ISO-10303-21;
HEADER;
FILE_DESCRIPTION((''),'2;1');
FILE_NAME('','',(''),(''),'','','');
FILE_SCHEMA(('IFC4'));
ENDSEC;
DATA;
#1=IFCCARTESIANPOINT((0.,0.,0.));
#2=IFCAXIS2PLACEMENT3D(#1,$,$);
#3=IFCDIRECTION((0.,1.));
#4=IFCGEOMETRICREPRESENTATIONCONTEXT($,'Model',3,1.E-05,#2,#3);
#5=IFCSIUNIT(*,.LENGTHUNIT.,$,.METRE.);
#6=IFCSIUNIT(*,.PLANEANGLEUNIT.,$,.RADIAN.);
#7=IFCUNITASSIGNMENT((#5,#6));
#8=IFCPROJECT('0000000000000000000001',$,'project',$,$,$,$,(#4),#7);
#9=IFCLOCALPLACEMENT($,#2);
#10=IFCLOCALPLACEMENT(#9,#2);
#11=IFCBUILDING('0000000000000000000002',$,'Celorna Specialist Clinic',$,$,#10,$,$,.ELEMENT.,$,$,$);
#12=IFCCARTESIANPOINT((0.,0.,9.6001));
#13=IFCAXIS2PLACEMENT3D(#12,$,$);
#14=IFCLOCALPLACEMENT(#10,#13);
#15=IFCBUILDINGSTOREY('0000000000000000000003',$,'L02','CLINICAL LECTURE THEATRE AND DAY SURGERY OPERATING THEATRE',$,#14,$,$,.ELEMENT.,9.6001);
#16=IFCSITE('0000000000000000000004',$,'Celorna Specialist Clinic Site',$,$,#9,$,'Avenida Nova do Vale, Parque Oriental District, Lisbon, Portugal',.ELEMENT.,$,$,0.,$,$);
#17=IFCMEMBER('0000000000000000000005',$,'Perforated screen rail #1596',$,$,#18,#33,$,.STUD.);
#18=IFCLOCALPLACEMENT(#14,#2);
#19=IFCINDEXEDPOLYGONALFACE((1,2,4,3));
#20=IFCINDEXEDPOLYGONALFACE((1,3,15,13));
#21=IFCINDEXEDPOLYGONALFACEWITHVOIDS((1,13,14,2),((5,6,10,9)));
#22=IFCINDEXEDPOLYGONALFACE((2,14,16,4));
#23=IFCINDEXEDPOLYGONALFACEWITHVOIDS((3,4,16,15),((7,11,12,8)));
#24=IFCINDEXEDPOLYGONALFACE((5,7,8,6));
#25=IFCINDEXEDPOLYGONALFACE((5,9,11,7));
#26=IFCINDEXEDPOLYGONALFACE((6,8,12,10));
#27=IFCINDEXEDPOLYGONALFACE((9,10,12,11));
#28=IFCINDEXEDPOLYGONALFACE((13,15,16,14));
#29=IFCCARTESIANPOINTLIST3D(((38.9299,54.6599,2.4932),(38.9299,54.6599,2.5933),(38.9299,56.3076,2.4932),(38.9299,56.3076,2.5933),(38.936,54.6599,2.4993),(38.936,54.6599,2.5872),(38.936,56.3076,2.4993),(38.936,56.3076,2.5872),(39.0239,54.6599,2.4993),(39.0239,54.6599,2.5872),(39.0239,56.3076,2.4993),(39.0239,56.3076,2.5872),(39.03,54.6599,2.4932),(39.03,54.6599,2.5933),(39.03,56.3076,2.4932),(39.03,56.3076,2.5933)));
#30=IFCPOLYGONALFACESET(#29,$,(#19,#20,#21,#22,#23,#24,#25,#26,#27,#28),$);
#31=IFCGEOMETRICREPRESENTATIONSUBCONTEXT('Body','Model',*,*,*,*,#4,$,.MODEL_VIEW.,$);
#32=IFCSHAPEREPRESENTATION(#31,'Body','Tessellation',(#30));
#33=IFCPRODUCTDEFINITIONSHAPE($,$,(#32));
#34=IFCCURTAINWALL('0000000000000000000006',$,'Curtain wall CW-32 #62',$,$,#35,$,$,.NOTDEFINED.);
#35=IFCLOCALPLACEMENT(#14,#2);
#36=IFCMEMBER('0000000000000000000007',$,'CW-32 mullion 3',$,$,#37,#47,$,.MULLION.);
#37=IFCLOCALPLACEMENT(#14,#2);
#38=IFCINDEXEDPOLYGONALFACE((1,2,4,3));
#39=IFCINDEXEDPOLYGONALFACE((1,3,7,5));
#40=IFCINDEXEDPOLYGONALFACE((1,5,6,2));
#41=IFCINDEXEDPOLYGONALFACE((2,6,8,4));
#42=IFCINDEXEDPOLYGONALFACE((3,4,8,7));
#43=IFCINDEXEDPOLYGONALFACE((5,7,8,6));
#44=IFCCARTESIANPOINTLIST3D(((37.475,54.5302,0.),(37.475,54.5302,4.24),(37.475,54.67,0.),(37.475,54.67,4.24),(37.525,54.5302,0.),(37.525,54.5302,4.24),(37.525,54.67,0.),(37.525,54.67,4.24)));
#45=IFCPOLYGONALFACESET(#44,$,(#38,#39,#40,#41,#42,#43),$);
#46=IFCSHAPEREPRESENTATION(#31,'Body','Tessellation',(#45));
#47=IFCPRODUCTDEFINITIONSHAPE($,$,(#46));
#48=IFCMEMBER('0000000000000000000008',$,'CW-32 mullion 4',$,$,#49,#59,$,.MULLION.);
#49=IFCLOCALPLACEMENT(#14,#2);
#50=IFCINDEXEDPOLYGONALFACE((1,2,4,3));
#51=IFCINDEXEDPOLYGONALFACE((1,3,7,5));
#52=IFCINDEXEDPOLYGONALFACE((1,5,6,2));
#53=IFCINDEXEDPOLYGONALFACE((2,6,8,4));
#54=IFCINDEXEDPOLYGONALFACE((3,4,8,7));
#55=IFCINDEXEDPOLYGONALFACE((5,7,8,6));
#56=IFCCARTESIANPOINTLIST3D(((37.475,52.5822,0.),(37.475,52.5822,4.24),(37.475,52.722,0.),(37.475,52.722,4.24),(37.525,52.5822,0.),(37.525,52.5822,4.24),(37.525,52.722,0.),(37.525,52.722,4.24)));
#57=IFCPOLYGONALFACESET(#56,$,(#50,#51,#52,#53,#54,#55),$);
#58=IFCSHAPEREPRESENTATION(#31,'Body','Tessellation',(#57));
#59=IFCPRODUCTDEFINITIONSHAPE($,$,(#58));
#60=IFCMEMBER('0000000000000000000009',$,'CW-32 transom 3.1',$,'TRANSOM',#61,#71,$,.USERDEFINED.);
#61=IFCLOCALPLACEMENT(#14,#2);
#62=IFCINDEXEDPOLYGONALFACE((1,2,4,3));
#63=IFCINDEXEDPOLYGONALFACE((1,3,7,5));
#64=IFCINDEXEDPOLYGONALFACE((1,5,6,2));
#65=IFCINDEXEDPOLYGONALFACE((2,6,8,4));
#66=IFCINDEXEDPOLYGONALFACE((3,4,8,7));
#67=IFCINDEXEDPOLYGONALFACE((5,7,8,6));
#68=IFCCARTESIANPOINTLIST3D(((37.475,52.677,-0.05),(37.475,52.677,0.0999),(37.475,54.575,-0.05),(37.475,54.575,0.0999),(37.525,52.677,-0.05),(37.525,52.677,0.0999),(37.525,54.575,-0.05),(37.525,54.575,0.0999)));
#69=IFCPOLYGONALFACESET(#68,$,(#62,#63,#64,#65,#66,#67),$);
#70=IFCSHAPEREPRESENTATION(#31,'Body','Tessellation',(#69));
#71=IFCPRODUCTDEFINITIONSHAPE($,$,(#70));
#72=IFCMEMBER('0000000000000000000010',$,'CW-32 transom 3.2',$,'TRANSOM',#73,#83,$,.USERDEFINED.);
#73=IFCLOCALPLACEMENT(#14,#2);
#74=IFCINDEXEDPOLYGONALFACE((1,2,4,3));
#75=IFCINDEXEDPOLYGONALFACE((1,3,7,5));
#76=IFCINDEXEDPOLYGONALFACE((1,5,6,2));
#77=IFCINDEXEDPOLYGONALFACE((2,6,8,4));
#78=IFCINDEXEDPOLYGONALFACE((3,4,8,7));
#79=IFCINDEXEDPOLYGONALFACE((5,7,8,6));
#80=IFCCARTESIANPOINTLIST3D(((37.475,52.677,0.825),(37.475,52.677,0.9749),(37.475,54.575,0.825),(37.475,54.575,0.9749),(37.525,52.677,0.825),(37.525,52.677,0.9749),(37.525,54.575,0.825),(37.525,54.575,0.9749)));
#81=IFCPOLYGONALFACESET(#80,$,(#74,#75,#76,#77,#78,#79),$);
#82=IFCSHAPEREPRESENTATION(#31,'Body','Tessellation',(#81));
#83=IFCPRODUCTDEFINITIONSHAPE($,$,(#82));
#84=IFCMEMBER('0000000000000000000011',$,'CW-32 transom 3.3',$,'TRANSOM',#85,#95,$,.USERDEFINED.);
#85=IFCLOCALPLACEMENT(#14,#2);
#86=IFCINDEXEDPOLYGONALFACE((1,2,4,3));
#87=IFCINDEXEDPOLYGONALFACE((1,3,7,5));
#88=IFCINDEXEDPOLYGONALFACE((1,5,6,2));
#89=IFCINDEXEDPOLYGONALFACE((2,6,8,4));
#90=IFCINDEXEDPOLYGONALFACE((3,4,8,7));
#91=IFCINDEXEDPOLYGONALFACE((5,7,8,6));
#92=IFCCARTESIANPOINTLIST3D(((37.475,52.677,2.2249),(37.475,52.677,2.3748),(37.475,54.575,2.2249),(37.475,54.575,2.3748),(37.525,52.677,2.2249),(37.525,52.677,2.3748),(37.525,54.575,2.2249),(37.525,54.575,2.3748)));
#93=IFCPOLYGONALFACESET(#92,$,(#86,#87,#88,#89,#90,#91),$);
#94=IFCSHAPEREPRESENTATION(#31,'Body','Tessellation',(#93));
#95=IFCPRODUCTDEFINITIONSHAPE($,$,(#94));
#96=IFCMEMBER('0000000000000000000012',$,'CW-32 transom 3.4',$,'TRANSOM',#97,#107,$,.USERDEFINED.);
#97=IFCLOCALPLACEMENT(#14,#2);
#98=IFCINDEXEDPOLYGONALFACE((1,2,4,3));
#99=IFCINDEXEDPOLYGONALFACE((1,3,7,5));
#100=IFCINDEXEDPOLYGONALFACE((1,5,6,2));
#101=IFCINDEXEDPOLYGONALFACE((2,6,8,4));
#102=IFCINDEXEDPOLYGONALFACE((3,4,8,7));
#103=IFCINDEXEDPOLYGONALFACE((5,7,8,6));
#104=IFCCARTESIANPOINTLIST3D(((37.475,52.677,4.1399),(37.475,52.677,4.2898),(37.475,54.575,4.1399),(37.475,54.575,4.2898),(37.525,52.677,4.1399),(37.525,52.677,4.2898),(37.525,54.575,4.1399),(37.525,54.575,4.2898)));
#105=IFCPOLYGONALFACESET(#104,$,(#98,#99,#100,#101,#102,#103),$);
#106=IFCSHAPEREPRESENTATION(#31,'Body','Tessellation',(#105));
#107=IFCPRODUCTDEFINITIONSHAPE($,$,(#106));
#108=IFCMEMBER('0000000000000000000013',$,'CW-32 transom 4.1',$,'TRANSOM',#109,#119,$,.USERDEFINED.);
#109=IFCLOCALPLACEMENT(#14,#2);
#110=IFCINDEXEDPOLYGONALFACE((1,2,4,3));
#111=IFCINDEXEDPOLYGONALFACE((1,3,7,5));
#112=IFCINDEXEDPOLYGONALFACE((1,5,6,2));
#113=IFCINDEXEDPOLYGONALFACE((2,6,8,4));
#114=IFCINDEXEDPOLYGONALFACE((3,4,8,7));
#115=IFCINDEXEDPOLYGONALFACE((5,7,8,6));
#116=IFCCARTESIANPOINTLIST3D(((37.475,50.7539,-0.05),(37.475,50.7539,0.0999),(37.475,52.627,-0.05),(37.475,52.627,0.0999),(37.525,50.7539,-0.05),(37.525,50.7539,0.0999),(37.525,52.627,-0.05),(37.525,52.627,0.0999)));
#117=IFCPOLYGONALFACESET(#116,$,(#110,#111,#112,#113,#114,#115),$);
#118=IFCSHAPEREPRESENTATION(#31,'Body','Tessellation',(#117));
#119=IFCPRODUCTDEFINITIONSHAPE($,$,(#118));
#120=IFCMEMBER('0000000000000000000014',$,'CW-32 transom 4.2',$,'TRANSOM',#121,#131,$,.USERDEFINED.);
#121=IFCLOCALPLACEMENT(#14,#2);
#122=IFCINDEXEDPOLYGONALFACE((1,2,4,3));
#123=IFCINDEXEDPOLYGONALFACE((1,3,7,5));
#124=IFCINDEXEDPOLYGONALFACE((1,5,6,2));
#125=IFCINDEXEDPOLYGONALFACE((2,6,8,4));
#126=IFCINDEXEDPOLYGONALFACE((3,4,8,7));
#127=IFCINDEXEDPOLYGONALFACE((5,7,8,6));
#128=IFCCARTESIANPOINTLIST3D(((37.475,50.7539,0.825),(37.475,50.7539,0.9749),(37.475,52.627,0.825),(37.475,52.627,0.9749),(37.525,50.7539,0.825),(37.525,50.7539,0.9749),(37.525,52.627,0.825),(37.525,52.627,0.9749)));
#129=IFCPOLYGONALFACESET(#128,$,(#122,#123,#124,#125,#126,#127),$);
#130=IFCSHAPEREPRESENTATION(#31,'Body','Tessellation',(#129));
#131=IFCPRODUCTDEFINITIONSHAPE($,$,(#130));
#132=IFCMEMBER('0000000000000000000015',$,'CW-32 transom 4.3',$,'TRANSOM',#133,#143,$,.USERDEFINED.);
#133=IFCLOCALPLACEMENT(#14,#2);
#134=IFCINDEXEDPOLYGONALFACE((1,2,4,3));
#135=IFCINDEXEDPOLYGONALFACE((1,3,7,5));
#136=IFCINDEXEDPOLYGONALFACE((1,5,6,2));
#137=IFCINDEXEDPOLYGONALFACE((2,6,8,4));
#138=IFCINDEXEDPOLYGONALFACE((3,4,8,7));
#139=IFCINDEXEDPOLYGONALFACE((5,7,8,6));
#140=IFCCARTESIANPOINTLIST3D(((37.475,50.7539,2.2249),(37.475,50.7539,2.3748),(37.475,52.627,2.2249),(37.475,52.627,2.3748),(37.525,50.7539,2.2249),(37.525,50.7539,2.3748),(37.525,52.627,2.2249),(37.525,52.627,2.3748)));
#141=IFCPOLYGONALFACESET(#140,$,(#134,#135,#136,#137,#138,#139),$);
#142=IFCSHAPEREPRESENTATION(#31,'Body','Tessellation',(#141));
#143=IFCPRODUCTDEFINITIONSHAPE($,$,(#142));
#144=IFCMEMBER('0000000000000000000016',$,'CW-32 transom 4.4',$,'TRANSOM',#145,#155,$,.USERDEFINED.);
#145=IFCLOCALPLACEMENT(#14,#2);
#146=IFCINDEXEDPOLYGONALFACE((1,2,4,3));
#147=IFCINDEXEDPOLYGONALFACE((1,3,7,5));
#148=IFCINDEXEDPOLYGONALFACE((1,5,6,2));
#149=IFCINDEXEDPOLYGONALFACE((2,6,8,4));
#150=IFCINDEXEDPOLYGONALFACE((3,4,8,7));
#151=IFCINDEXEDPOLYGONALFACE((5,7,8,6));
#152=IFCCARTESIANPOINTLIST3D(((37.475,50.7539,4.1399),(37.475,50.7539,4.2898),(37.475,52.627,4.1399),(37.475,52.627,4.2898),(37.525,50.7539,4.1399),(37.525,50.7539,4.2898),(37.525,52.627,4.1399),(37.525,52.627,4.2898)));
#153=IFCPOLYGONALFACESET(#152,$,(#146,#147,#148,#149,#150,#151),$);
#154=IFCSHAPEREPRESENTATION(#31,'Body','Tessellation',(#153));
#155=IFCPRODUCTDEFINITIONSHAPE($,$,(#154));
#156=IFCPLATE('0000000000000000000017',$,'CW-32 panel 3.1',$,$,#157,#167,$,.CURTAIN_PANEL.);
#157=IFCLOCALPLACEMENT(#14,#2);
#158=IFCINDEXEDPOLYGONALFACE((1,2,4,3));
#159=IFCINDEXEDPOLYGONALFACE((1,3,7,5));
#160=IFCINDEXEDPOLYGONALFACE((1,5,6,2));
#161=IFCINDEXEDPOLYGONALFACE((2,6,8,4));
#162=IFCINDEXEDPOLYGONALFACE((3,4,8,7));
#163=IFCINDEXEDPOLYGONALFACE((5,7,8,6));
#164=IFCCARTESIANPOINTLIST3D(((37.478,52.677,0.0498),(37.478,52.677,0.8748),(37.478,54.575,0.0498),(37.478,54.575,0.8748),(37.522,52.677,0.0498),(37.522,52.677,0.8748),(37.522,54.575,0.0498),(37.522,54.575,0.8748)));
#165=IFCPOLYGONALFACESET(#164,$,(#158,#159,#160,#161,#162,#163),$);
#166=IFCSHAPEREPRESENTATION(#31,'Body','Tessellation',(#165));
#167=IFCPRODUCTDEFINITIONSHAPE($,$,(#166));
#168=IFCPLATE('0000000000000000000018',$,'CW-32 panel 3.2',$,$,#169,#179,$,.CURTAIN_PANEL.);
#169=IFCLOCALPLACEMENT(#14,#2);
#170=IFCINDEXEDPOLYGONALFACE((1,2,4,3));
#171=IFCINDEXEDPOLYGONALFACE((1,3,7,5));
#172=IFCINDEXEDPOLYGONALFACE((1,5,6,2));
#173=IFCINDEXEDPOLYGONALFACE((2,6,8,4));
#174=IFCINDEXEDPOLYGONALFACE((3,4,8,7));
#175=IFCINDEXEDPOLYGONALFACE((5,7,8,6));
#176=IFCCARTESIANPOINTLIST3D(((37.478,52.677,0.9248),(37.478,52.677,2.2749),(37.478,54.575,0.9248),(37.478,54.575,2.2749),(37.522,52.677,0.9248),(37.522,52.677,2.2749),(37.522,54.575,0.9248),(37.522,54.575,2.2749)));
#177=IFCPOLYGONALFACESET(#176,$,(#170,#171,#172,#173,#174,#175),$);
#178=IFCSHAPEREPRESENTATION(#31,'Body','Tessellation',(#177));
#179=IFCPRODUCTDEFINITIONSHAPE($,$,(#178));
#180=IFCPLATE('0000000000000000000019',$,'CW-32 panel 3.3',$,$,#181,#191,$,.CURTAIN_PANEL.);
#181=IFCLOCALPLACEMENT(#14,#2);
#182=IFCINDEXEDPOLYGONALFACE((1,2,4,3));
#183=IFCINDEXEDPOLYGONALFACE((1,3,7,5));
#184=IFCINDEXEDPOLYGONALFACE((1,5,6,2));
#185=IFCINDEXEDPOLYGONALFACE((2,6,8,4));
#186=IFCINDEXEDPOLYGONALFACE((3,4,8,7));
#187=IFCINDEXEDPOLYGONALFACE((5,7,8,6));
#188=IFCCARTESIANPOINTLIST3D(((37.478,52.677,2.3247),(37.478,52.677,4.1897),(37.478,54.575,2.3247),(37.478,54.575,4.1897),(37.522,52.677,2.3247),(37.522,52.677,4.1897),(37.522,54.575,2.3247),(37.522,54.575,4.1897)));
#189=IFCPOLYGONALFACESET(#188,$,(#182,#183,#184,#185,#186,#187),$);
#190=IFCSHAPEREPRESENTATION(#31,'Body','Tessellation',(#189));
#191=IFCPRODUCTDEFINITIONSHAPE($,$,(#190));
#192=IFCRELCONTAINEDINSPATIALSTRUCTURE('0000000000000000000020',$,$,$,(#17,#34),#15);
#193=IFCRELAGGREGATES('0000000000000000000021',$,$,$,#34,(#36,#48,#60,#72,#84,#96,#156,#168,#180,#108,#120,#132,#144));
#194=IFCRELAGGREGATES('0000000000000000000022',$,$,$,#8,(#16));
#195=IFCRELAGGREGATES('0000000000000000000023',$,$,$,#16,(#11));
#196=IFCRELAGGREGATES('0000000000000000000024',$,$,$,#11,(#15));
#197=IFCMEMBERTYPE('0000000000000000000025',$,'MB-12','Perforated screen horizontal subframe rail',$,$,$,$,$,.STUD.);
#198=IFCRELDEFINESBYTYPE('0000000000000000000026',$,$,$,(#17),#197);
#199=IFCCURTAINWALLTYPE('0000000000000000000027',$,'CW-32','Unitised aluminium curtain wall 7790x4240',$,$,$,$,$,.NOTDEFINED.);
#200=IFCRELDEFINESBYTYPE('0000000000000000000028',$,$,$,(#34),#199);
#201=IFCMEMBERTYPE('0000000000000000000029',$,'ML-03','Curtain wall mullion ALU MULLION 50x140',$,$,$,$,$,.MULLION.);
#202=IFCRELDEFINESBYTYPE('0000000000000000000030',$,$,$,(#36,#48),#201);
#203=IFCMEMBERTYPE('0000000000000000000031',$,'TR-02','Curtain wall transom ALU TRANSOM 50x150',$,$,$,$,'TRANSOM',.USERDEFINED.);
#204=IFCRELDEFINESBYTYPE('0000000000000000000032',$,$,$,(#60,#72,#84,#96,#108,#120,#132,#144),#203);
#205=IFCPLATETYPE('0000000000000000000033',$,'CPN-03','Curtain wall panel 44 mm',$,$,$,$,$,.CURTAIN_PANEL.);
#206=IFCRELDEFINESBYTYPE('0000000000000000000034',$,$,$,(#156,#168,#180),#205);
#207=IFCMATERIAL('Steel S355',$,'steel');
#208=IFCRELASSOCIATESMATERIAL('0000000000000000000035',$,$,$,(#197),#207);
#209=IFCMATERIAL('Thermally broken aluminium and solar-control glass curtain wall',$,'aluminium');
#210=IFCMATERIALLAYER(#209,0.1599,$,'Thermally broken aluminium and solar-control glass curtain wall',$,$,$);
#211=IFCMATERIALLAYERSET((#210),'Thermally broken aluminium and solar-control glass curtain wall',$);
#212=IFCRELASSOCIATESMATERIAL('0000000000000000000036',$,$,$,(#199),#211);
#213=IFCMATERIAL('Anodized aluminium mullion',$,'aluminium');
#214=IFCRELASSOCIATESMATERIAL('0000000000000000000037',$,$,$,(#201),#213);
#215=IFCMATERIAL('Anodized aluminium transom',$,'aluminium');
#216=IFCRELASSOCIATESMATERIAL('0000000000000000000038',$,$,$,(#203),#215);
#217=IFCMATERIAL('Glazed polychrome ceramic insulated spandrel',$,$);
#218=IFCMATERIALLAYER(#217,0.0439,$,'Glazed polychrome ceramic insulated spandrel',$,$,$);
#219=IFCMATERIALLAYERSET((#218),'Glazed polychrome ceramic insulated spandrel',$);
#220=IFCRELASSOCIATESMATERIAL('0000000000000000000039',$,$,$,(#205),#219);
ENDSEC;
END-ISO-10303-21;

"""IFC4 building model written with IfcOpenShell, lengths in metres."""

from ifc_helpers import new_model, si_unit, direction, frame, origin, origin_2d, place, context, subcontext, project, spatial, rectangle, hollow_rectangle, extrude, material, layer, layer_set, material_profile, profile_set, type_object, element, aggregate, save


model = new_model("IFC4")

# Units and contexts
model_context = context("Model", 3, precision=1e-05, world=origin(), true_north=direction((0.0, 1.0)))
body_context = subcontext(model_context, "Body", "Model", "MODEL_VIEW")
ifc_project = project(units=[si_unit("LENGTHUNIT", "METRE"), si_unit("PLANEANGLEUNIT", "RADIAN")], contexts=[model_context])

# Site, building, storey
site_placement = place(None, origin())
site = spatial("IfcSite", under=ifc_project, at=site_placement, Name="Celorna Specialist Clinic Site", LongName="Avenida Nova do Vale, Parque Oriental District, Lisbon, Portugal", CompositionType="ELEMENT", RefElevation=0.0)
building_placement = place(site_placement, origin())
building = spatial("IfcBuilding", under=site, at=building_placement, Name="Celorna Specialist Clinic", CompositionType="ELEMENT")
storey_placement = place(building_placement, frame((0.0, 0.0, 9.6001)))
storey = spatial("IfcBuildingStorey", under=building, at=storey_placement, Name="L02", Description="CLINICAL LECTURE THEATRE AND DAY SURGERY OPERATING THEATRE", CompositionType="ELEMENT", Elevation=9.6001)

# Member
ifc_material_1 = material(Name="Steel S355", Category="steel")
ifc_material_profile_1 = material_profile(ifc_material_1, hollow_rectangle(XDim=0.1001, YDim=0.1001, WallThickness=0.0061, at=origin_2d()), Name="SHS 100x100x6")
ifc_profile_set_1 = profile_set([ifc_material_profile_1], Name="Steel S355")
member_type_1 = type_object("IfcMemberType", Name="MB-12", Description="Perforated screen horizontal subframe rail", PredefinedType="STUD", material=ifc_profile_set_1)
for number, where, z_axis, x_axis, name in (
    (1, (38.98, 54.6599, 2.5432), (0.0, 1.0, 0.0), (-1.0, 0.0, 0.0), "Perforated screen rail #1596"),
):
    element("IfcMember", number, at=place(storey_placement, frame(where, z_axis=z_axis, x_axis=x_axis)), inside=storey, type_object=member_type_1, Name=name, PredefinedType="STUD", context=body_context, shape_type="SweptSolid", body=[
        extrude(hollow_rectangle(XDim=0.1001, YDim=0.1001, WallThickness=0.0061, at=origin_2d()), origin(), (0.0, 0.0, 1.0), 1.6477),
    ])

# Curtain wall, members, plates
ifc_material_2 = material(Name="Thermally broken aluminium and solar-control glass curtain wall", Category="aluminium")
ifc_layer_1 = layer(ifc_material_2, 0.1599, Name="Thermally broken aluminium and solar-control glass curtain wall")
ifc_layer_set_1 = layer_set([ifc_layer_1], Name="Thermally broken aluminium and solar-control glass curtain wall")
curtain_wall_type = type_object("IfcCurtainWallType", Name="CW-32", Description="Unitised aluminium curtain wall 7790x4240", PredefinedType="NOTDEFINED", material=ifc_layer_set_1)
curtain_wall_placement = place(storey_placement, origin())
curtain_wall = element("IfcCurtainWall", 2, at=curtain_wall_placement, inside=storey, type_object=curtain_wall_type, Name="Curtain wall CW-32 #62", PredefinedType="NOTDEFINED")
ifc_material_3 = material(Name="Anodized aluminium mullion", Category="aluminium")
ifc_material_profile_2 = material_profile(ifc_material_3, rectangle(XDim=0.05, YDim=0.1399, at=origin_2d()), Name="ALU MULLION 50x140")
ifc_profile_set_2 = profile_set([ifc_material_profile_2], Name="Anodized aluminium mullion")
member_type_2 = type_object("IfcMemberType", Name="ML-03", Description="Curtain wall mullion ALU MULLION 50x140", PredefinedType="MULLION", material=ifc_profile_set_2)
member_1_placement = place(storey_placement, frame((37.5, 54.6001, 0.0), z_axis=(0.0, 0.0, 1.0), x_axis=(1.0, 0.0, 0.0)))
member_1 = element("IfcMember", 3, at=member_1_placement, type_object=member_type_2, Name="CW-32 mullion 3", PredefinedType="MULLION", context=body_context, shape_type="SweptSolid", body=[
    extrude(rectangle(XDim=0.05, YDim=0.1399, at=origin_2d()), origin(), (0.0, 0.0, 1.0), 4.24),
])
member_2_placement = place(storey_placement, frame((37.5, 52.6521, 0.0), z_axis=(0.0, 0.0, 1.0), x_axis=(1.0, 0.0, 0.0)))
member_2 = element("IfcMember", 4, at=member_2_placement, type_object=member_type_2, Name="CW-32 mullion 4", PredefinedType="MULLION", context=body_context, shape_type="SweptSolid", body=[
    extrude(rectangle(XDim=0.05, YDim=0.1399, at=origin_2d()), origin(), (0.0, 0.0, 1.0), 4.24),
])
ifc_material_4 = material(Name="Anodized aluminium transom", Category="aluminium")
ifc_material_profile_3 = material_profile(ifc_material_4, rectangle(XDim=0.05, YDim=0.1499, at=origin_2d()), Name="ALU TRANSOM 50x150")
ifc_profile_set_3 = profile_set([ifc_material_profile_3], Name="Anodized aluminium transom")
member_type_3 = type_object("IfcMemberType", Name="TR-02", Description="Curtain wall transom ALU TRANSOM 50x150", ElementType="TRANSOM", PredefinedType="USERDEFINED", material=ifc_profile_set_3)
member_3_placement = place(storey_placement, frame((37.5, 54.575, 0.0249), z_axis=(0.0, -1.0, 0.0), x_axis=(1.0, 0.0, 0.0)))
member_3 = element("IfcMember", 5, at=member_3_placement, type_object=member_type_3, Name="CW-32 transom 3.1", ObjectType="TRANSOM", PredefinedType="USERDEFINED", context=body_context, shape_type="SweptSolid", body=[
    extrude(rectangle(XDim=0.05, YDim=0.1499, at=origin_2d()), origin(), (0.0, 0.0, 1.0), 1.8979),
])
member_4_placement = place(storey_placement, frame((37.5, 54.575, 0.8999), z_axis=(0.0, -1.0, 0.0), x_axis=(1.0, 0.0, 0.0)))
member_4 = element("IfcMember", 6, at=member_4_placement, type_object=member_type_3, Name="CW-32 transom 3.2", ObjectType="TRANSOM", PredefinedType="USERDEFINED", context=body_context, shape_type="SweptSolid", body=[
    extrude(rectangle(XDim=0.05, YDim=0.1499, at=origin_2d()), origin(), (0.0, 0.0, 1.0), 1.8979),
])
member_5_placement = place(storey_placement, frame((37.5, 54.575, 2.2998), z_axis=(0.0, -1.0, 0.0), x_axis=(1.0, 0.0, 0.0)))
member_5 = element("IfcMember", 7, at=member_5_placement, type_object=member_type_3, Name="CW-32 transom 3.3", ObjectType="TRANSOM", PredefinedType="USERDEFINED", context=body_context, shape_type="SweptSolid", body=[
    extrude(rectangle(XDim=0.05, YDim=0.1499, at=origin_2d()), origin(), (0.0, 0.0, 1.0), 1.8979),
])
member_6_placement = place(storey_placement, frame((37.5, 54.575, 4.2148), z_axis=(0.0, -1.0, 0.0), x_axis=(1.0, 0.0, 0.0)))
member_6 = element("IfcMember", 8, at=member_6_placement, type_object=member_type_3, Name="CW-32 transom 3.4", ObjectType="TRANSOM", PredefinedType="USERDEFINED", context=body_context, shape_type="SweptSolid", body=[
    extrude(rectangle(XDim=0.05, YDim=0.1499, at=origin_2d()), origin(), (0.0, 0.0, 1.0), 1.8979),
])
member_7_placement = place(storey_placement, frame((37.5, 52.627, 0.0249), z_axis=(0.0, -1.0, 0.0), x_axis=(1.0, 0.0, 0.0)))
member_7 = element("IfcMember", 9, at=member_7_placement, type_object=member_type_3, Name="CW-32 transom 4.1", ObjectType="TRANSOM", PredefinedType="USERDEFINED", context=body_context, shape_type="SweptSolid", body=[
    extrude(rectangle(XDim=0.05, YDim=0.1499, at=origin_2d()), origin(), (0.0, 0.0, 1.0), 1.873),
])
member_8_placement = place(storey_placement, frame((37.5, 52.627, 0.8999), z_axis=(0.0, -1.0, 0.0), x_axis=(1.0, 0.0, 0.0)))
member_8 = element("IfcMember", 10, at=member_8_placement, type_object=member_type_3, Name="CW-32 transom 4.2", ObjectType="TRANSOM", PredefinedType="USERDEFINED", context=body_context, shape_type="SweptSolid", body=[
    extrude(rectangle(XDim=0.05, YDim=0.1499, at=origin_2d()), origin(), (0.0, 0.0, 1.0), 1.873),
])
member_9_placement = place(storey_placement, frame((37.5, 52.627, 2.2998), z_axis=(0.0, -1.0, 0.0), x_axis=(1.0, 0.0, 0.0)))
member_9 = element("IfcMember", 11, at=member_9_placement, type_object=member_type_3, Name="CW-32 transom 4.3", ObjectType="TRANSOM", PredefinedType="USERDEFINED", context=body_context, shape_type="SweptSolid", body=[
    extrude(rectangle(XDim=0.05, YDim=0.1499, at=origin_2d()), origin(), (0.0, 0.0, 1.0), 1.873),
])
member_10_placement = place(storey_placement, frame((37.5, 52.627, 4.2148), z_axis=(0.0, -1.0, 0.0), x_axis=(1.0, 0.0, 0.0)))
member_10 = element("IfcMember", 12, at=member_10_placement, type_object=member_type_3, Name="CW-32 transom 4.4", ObjectType="TRANSOM", PredefinedType="USERDEFINED", context=body_context, shape_type="SweptSolid", body=[
    extrude(rectangle(XDim=0.05, YDim=0.1499, at=origin_2d()), origin(), (0.0, 0.0, 1.0), 1.873),
])
ifc_material_5 = material(Name="Glazed polychrome ceramic insulated spandrel")
ifc_layer_2 = layer(ifc_material_5, 0.0439, Name="Glazed polychrome ceramic insulated spandrel")
ifc_layer_set_2 = layer_set([ifc_layer_2], Name="Glazed polychrome ceramic insulated spandrel")
plate_type_1 = type_object("IfcPlateType", Name="CPN-03", Description="Curtain wall panel 44 mm", PredefinedType="CURTAIN_PANEL", material=ifc_layer_set_2)
plate_1_placement = place(storey_placement, frame((37.5, 53.626, 0.0498), z_axis=(0.0, 0.0, 1.0), x_axis=(0.0, -1.0, 0.0)))
plate_1 = element("IfcPlate", 13, at=plate_1_placement, type_object=plate_type_1, Name="CW-32 panel 3.1", PredefinedType="CURTAIN_PANEL", context=body_context, shape_type="SweptSolid", body=[
    extrude(rectangle(XDim=1.8979, YDim=0.0439, at=origin_2d()), origin(), (0.0, 0.0, 1.0), 0.825),
])
plate_2_placement = place(storey_placement, frame((37.5, 53.626, 0.9248), z_axis=(0.0, 0.0, 1.0), x_axis=(0.0, -1.0, 0.0)))
plate_2 = element("IfcPlate", 14, at=plate_2_placement, type_object=plate_type_1, Name="CW-32 panel 3.2", PredefinedType="CURTAIN_PANEL", context=body_context, shape_type="SweptSolid", body=[
    extrude(rectangle(XDim=1.8979, YDim=0.0439, at=origin_2d()), origin(), (0.0, 0.0, 1.0), 1.3501),
])
plate_3_placement = place(storey_placement, frame((37.5, 53.626, 2.3247), z_axis=(0.0, 0.0, 1.0), x_axis=(0.0, -1.0, 0.0)))
plate_3 = element("IfcPlate", 15, at=plate_3_placement, type_object=plate_type_1, Name="CW-32 panel 3.3", PredefinedType="CURTAIN_PANEL", context=body_context, shape_type="SweptSolid", body=[
    extrude(rectangle(XDim=1.8979, YDim=0.0439, at=origin_2d()), origin(), (0.0, 0.0, 1.0), 1.865),
])
aggregate(curtain_wall, [member_1, member_2, member_3, member_4, member_5, member_6, plate_1, plate_2, plate_3, member_7, member_8, member_9, member_10])

save(model, "model.ifc")
